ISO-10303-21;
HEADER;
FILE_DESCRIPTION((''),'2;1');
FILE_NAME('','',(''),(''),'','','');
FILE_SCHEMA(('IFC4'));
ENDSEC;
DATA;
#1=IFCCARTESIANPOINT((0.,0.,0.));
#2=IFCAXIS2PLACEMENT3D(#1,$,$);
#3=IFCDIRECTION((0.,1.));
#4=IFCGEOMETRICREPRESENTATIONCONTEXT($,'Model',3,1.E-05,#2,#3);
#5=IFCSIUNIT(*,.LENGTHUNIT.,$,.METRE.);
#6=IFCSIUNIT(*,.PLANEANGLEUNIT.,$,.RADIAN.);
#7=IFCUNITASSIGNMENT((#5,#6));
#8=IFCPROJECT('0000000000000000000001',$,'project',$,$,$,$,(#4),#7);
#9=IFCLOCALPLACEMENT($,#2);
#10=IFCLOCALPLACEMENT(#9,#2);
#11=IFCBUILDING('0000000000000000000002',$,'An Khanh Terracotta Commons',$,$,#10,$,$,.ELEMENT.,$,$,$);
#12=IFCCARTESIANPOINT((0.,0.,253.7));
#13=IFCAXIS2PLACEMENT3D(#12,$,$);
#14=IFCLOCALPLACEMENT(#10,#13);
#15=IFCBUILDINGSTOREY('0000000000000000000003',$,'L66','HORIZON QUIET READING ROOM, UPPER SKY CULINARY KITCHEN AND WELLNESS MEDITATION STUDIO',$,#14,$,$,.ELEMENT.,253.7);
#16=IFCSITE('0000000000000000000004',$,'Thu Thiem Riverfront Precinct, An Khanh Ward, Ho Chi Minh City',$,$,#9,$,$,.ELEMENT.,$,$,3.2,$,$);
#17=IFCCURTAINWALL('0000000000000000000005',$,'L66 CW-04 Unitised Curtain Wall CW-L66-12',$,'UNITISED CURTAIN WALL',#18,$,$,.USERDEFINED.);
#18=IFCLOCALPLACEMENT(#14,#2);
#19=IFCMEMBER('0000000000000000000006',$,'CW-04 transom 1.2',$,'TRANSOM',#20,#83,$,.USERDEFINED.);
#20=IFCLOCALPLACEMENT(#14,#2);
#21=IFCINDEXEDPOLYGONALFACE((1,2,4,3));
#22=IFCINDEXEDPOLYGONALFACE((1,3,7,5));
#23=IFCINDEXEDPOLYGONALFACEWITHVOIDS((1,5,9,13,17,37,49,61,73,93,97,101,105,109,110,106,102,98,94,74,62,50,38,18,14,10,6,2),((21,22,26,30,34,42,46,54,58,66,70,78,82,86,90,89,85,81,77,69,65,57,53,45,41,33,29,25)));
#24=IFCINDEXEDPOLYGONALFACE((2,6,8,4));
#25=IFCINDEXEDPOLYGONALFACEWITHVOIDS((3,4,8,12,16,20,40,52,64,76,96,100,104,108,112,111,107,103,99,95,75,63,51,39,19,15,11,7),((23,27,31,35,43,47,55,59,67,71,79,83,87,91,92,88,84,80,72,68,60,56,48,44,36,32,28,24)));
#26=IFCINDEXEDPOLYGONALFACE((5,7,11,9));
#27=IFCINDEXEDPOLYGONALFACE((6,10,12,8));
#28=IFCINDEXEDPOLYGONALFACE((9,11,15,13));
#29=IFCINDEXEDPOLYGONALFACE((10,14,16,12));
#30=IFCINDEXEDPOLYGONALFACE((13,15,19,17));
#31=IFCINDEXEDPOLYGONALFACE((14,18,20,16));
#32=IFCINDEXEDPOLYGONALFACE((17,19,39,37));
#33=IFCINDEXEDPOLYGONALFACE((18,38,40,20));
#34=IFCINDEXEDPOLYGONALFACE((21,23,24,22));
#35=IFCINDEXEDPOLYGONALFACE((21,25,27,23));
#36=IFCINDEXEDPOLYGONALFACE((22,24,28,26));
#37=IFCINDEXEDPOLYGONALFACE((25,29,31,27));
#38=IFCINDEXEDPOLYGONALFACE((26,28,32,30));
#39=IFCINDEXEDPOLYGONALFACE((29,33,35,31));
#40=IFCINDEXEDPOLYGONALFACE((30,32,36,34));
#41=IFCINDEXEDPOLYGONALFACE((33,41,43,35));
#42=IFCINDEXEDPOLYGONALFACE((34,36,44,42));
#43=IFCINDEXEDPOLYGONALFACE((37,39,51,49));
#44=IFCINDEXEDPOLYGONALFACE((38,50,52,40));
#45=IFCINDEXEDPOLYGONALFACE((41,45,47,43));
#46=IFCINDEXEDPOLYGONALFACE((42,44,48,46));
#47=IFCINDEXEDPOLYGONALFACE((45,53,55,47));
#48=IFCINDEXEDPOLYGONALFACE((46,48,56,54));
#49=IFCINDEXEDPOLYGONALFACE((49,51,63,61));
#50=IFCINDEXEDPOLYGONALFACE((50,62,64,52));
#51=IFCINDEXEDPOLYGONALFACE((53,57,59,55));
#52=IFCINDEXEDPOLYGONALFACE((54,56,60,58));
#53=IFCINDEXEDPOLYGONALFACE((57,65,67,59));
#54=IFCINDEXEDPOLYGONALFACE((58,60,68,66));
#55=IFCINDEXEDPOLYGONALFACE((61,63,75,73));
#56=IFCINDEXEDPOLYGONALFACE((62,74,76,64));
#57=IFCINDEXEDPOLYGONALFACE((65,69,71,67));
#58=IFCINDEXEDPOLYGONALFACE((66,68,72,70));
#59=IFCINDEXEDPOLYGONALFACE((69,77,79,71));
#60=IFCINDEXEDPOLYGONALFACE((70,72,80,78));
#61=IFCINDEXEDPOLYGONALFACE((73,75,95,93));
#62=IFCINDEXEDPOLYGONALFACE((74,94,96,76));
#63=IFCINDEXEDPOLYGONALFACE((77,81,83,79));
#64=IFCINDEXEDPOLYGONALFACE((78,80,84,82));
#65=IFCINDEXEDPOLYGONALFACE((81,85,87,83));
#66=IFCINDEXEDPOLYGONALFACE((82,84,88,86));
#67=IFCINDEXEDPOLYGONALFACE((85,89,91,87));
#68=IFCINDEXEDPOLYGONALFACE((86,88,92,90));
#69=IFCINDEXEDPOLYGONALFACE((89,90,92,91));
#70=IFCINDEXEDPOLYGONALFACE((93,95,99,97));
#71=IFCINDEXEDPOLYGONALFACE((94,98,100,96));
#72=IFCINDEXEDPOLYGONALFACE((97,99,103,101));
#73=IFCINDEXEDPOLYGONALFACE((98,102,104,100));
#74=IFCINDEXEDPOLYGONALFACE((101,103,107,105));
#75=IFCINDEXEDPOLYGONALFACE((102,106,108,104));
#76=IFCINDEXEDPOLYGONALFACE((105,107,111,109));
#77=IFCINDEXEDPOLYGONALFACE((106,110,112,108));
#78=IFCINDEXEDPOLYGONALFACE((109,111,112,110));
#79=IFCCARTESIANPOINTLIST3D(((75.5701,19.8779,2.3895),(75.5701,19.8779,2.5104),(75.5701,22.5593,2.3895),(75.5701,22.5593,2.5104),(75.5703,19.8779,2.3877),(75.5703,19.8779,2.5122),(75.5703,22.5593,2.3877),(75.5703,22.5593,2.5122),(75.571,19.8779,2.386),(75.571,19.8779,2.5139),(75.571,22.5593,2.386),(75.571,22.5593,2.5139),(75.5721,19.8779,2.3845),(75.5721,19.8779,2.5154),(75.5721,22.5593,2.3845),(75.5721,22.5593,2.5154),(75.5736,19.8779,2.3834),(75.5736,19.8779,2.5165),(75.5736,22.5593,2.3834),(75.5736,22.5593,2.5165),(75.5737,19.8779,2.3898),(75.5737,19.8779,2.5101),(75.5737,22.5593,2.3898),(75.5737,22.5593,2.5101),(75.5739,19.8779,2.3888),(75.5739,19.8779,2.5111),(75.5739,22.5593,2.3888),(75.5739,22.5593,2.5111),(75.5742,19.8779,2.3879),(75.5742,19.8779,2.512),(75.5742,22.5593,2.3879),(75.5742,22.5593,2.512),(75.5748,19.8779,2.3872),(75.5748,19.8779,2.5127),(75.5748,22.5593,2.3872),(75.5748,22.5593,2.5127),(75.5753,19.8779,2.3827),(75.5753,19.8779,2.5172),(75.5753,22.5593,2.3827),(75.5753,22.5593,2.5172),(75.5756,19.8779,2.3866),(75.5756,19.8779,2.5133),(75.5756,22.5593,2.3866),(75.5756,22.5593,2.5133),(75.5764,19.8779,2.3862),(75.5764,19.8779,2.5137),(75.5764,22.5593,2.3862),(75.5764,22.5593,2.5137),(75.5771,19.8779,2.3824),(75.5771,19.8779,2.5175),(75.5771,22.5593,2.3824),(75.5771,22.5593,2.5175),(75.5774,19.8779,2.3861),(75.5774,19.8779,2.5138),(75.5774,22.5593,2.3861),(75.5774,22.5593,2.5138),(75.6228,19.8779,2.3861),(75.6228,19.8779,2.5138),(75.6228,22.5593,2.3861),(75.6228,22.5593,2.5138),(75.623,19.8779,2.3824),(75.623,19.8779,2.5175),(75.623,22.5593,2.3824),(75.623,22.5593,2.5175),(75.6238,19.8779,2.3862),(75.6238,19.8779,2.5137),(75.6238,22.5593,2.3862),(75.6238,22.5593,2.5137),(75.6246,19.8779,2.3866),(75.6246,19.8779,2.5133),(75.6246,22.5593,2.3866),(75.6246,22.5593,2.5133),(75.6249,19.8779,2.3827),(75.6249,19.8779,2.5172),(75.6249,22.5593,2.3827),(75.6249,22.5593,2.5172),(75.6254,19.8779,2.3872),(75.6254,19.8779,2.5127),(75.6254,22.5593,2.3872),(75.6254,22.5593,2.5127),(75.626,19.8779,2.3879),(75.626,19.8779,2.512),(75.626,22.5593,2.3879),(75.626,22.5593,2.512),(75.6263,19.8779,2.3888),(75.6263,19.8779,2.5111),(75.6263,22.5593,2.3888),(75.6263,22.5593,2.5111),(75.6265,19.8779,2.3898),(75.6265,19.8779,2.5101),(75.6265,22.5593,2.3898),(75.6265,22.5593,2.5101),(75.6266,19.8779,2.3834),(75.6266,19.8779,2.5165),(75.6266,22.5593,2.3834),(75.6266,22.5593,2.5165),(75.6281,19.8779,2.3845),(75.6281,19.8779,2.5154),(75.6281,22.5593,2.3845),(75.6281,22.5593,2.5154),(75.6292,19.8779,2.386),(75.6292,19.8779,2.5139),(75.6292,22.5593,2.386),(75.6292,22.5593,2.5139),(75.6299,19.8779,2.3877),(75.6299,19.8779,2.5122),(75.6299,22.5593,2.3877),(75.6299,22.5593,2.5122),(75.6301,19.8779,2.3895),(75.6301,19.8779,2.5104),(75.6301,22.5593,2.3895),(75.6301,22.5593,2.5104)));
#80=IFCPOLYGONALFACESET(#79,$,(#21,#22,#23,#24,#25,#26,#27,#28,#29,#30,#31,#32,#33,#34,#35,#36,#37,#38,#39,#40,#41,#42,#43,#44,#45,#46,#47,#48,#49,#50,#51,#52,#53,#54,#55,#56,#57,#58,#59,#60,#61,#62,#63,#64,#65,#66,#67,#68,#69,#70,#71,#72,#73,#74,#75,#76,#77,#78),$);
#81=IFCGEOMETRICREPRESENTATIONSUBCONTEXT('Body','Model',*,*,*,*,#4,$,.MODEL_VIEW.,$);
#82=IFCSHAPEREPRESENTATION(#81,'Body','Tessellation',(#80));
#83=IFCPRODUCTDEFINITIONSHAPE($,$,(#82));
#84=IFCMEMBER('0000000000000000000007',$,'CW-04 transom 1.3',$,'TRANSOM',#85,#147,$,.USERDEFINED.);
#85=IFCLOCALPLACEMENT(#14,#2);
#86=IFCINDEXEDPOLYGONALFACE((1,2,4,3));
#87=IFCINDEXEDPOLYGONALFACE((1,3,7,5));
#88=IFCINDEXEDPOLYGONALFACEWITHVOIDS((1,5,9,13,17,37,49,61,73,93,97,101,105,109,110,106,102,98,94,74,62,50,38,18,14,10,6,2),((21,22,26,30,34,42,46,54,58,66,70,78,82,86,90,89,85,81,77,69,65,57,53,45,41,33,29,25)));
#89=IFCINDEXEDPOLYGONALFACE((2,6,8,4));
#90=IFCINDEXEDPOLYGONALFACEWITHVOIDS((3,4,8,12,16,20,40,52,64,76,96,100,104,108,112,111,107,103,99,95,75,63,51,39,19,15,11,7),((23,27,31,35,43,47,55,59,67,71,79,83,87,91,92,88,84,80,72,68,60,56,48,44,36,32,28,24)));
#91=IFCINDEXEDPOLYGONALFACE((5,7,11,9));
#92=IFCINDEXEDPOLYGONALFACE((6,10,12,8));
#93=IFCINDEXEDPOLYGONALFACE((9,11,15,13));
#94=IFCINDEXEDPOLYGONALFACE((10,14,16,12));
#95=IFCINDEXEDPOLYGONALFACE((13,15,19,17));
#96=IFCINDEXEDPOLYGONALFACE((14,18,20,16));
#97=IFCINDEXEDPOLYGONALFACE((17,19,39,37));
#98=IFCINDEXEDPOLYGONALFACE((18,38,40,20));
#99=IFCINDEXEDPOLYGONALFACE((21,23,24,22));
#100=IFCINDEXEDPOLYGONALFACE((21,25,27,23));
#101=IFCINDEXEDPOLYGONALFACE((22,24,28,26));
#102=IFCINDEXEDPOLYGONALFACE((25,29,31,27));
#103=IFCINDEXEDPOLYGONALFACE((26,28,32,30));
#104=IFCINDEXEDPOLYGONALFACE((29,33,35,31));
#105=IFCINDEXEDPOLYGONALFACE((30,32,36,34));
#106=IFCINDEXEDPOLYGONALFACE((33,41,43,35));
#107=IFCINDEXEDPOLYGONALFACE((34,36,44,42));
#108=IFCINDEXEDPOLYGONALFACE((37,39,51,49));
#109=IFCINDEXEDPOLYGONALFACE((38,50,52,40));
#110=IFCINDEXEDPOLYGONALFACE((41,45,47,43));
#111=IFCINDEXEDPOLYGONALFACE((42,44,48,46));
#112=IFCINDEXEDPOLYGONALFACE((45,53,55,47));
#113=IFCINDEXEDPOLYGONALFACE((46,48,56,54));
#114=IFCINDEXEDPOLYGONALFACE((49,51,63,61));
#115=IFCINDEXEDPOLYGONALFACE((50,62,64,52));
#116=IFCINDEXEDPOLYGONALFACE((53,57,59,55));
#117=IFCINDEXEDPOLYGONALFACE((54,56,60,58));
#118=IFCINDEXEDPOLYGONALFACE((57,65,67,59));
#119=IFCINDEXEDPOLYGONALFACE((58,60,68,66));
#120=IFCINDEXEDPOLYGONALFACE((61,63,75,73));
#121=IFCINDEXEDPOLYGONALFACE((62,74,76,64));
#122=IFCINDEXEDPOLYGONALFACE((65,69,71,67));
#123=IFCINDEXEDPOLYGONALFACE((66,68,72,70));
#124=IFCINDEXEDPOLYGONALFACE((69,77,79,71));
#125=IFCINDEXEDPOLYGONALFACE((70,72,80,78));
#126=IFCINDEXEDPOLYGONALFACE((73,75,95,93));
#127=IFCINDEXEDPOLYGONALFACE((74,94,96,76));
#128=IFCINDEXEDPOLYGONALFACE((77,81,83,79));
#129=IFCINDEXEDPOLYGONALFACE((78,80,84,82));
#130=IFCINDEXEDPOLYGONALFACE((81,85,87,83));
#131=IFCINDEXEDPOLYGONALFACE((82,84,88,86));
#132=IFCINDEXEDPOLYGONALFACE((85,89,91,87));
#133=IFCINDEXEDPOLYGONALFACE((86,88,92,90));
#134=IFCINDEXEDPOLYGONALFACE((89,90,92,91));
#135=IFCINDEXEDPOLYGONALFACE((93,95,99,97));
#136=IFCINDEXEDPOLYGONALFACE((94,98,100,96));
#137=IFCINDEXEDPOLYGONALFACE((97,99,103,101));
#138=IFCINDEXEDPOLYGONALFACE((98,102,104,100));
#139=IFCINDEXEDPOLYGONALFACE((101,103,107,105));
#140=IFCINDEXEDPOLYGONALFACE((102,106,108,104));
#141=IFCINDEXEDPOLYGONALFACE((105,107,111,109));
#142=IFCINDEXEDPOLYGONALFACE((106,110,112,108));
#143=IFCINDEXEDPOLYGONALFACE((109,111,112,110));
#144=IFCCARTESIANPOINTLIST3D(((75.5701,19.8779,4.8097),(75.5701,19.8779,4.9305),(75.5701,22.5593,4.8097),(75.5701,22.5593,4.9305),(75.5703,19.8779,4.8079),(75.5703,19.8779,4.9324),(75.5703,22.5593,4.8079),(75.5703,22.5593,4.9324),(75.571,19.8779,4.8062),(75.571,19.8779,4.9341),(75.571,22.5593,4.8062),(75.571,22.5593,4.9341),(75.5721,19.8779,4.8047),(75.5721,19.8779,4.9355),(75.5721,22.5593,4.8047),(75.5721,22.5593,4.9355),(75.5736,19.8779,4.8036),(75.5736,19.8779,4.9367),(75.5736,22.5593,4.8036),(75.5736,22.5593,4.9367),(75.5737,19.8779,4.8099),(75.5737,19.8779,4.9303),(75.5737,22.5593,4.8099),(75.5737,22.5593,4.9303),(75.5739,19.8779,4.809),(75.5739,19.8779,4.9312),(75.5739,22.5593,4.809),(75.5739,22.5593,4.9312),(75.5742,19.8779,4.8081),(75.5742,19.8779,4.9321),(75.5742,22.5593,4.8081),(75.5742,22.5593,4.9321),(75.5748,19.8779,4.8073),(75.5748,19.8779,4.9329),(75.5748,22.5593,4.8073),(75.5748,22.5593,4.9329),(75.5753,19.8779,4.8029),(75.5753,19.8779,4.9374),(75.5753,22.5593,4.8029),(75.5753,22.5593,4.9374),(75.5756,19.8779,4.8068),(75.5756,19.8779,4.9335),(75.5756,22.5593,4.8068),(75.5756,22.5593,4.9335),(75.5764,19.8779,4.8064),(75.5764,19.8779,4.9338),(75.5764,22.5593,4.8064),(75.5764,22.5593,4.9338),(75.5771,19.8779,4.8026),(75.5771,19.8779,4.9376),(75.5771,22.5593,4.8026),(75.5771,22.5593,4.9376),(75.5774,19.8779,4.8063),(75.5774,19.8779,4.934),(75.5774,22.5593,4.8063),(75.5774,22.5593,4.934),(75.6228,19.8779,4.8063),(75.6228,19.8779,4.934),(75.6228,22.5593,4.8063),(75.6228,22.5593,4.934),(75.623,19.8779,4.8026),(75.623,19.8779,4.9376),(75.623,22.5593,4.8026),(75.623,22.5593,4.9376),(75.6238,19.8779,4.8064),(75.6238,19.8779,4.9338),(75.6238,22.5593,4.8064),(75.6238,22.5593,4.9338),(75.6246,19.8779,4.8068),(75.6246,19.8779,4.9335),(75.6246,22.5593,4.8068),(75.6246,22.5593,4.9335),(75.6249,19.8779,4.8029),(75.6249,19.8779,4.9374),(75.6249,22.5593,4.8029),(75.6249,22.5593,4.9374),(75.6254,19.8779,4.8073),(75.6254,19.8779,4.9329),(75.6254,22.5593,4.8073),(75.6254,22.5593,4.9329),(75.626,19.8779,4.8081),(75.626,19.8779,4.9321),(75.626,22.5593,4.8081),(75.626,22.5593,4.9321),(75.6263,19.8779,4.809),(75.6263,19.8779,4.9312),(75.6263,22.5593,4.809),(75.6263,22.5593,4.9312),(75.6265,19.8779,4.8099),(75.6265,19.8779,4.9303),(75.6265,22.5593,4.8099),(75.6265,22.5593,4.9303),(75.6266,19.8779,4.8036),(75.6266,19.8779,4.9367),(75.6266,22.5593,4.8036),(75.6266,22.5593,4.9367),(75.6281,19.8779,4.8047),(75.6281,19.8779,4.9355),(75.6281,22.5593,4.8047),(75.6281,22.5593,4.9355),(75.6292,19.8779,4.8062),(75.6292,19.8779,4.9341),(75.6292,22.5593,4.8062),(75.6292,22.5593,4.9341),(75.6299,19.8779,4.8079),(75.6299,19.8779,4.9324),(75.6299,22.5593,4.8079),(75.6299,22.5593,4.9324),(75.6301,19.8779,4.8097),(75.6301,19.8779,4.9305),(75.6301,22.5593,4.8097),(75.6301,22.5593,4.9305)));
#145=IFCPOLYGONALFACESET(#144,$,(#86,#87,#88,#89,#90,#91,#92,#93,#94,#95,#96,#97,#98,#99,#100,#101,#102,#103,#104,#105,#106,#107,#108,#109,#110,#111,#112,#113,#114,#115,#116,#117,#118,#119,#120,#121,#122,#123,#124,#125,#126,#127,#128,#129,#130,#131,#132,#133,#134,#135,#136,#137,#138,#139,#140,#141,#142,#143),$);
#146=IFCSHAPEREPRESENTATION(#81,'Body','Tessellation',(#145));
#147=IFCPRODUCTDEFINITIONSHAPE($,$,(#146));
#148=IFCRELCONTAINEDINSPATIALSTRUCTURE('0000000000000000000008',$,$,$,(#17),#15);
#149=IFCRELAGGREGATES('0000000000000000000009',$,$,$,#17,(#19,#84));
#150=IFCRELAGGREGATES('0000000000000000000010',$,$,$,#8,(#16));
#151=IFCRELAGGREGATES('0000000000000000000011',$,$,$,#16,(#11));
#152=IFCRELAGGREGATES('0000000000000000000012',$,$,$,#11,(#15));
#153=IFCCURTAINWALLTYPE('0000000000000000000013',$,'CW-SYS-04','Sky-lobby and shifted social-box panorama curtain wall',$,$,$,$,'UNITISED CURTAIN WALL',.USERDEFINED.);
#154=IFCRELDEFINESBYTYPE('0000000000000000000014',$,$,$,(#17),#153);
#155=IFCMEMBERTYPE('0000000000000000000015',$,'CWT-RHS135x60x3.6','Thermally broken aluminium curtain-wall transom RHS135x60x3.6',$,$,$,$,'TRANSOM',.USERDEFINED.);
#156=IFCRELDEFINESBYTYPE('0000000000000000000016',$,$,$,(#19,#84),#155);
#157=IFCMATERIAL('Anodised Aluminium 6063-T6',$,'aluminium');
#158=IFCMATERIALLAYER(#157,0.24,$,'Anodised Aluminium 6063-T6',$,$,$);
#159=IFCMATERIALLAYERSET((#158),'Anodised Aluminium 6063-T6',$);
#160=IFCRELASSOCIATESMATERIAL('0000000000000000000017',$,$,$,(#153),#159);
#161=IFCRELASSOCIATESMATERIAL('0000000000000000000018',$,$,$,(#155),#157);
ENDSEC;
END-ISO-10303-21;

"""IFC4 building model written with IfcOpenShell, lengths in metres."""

from ifc_helpers import new_model, si_unit, direction, frame, origin, origin_2d, place, context, subcontext, project, spatial, hollow_rectangle, extrude, material, layer, layer_set, material_profile, profile_set, type_object, element, aggregate, save


model = new_model("IFC4")

# Units and contexts
model_context = context("Model", 3, precision=1e-05, world=origin(), true_north=direction((0.0, 1.0)))
body_context = subcontext(model_context, "Body", "Model", "MODEL_VIEW")
ifc_project = project(units=[si_unit("LENGTHUNIT", "METRE"), si_unit("PLANEANGLEUNIT", "RADIAN")], contexts=[model_context])

# Site, building, storey
site_placement = place(None, origin())
site = spatial("IfcSite", under=ifc_project, at=site_placement, Name="Thu Thiem Riverfront Precinct, An Khanh Ward, Ho Chi Minh City", CompositionType="ELEMENT", RefElevation=3.2)
building_placement = place(site_placement, origin())
building = spatial("IfcBuilding", under=site, at=building_placement, Name="An Khanh Terracotta Commons", CompositionType="ELEMENT")
storey_placement = place(building_placement, frame((0.0, 0.0, 253.7)))
storey = spatial("IfcBuildingStorey", under=building, at=storey_placement, Name="L66", Description="HORIZON QUIET READING ROOM, UPPER SKY CULINARY KITCHEN AND WELLNESS MEDITATION STUDIO", CompositionType="ELEMENT", Elevation=253.7)

# Curtain wall
ifc_material_1 = material(Name="Anodised Aluminium 6063-T6", Category="aluminium")
ifc_layer_1 = layer(ifc_material_1, 0.24, Name="Anodised Aluminium 6063-T6")
ifc_layer_set_1 = layer_set([ifc_layer_1], Name="Anodised Aluminium 6063-T6")
curtain_wall_type = type_object("IfcCurtainWallType", Name="CW-SYS-04", Description="Sky-lobby and shifted social-box panorama curtain wall", ElementType="UNITISED CURTAIN WALL", PredefinedType="USERDEFINED", material=ifc_layer_set_1)
curtain_wall_1_placement = place(storey_placement, origin())
curtain_wall_1 = element("IfcCurtainWall", 1, at=curtain_wall_1_placement, inside=storey, type_object=curtain_wall_type, Name="L66 CW-04 Unitised Curtain Wall CW-L66-12", ObjectType="UNITISED CURTAIN WALL", PredefinedType="USERDEFINED")

# Members
ifc_material_profile_1 = material_profile(ifc_material_1, hollow_rectangle(XDim=0.0601, YDim=0.135, WallThickness=0.0037, InnerFilletRadius=0.0037, OuterFilletRadius=0.0071, at=origin_2d()), Name="RHS135x60x3.6")
ifc_profile_set_1 = profile_set([ifc_material_profile_1], Name="Anodised Aluminium 6063-T6")
member_type_1 = type_object("IfcMemberType", Name="CWT-RHS135x60x3.6", Description="Thermally broken aluminium curtain-wall transom RHS135x60x3.6", ElementType="TRANSOM", PredefinedType="USERDEFINED", material=ifc_profile_set_1)
member_1_placement = place(storey_placement, frame((75.6001, 19.8779, 2.45), z_axis=(0.0, 1.0, 0.0), x_axis=(-1.0, 0.0, 0.0)))
member_1 = element("IfcMember", 2, at=member_1_placement, type_object=member_type_1, Name="CW-04 transom 1.2", ObjectType="TRANSOM", PredefinedType="USERDEFINED", context=body_context, shape_type="SweptSolid", body=[
    extrude(hollow_rectangle(XDim=0.0601, YDim=0.135, WallThickness=0.0037, InnerFilletRadius=0.0037, OuterFilletRadius=0.0071, at=origin_2d()), origin(), (0.0, 0.0, 1.0), 2.6814),
])
member_2_placement = place(storey_placement, frame((75.6001, 19.8779, 4.8701), z_axis=(0.0, 1.0, 0.0), x_axis=(-1.0, 0.0, 0.0)))
member_2 = element("IfcMember", 3, at=member_2_placement, type_object=member_type_1, Name="CW-04 transom 1.3", ObjectType="TRANSOM", PredefinedType="USERDEFINED", context=body_context, shape_type="SweptSolid", body=[
    extrude(hollow_rectangle(XDim=0.0601, YDim=0.135, WallThickness=0.0037, InnerFilletRadius=0.0037, OuterFilletRadius=0.0071, at=origin_2d()), origin(), (0.0, 0.0, 1.0), 2.6814),
])

aggregate(curtain_wall_1, [member_1, member_2])

save(model, "model.ifc")
